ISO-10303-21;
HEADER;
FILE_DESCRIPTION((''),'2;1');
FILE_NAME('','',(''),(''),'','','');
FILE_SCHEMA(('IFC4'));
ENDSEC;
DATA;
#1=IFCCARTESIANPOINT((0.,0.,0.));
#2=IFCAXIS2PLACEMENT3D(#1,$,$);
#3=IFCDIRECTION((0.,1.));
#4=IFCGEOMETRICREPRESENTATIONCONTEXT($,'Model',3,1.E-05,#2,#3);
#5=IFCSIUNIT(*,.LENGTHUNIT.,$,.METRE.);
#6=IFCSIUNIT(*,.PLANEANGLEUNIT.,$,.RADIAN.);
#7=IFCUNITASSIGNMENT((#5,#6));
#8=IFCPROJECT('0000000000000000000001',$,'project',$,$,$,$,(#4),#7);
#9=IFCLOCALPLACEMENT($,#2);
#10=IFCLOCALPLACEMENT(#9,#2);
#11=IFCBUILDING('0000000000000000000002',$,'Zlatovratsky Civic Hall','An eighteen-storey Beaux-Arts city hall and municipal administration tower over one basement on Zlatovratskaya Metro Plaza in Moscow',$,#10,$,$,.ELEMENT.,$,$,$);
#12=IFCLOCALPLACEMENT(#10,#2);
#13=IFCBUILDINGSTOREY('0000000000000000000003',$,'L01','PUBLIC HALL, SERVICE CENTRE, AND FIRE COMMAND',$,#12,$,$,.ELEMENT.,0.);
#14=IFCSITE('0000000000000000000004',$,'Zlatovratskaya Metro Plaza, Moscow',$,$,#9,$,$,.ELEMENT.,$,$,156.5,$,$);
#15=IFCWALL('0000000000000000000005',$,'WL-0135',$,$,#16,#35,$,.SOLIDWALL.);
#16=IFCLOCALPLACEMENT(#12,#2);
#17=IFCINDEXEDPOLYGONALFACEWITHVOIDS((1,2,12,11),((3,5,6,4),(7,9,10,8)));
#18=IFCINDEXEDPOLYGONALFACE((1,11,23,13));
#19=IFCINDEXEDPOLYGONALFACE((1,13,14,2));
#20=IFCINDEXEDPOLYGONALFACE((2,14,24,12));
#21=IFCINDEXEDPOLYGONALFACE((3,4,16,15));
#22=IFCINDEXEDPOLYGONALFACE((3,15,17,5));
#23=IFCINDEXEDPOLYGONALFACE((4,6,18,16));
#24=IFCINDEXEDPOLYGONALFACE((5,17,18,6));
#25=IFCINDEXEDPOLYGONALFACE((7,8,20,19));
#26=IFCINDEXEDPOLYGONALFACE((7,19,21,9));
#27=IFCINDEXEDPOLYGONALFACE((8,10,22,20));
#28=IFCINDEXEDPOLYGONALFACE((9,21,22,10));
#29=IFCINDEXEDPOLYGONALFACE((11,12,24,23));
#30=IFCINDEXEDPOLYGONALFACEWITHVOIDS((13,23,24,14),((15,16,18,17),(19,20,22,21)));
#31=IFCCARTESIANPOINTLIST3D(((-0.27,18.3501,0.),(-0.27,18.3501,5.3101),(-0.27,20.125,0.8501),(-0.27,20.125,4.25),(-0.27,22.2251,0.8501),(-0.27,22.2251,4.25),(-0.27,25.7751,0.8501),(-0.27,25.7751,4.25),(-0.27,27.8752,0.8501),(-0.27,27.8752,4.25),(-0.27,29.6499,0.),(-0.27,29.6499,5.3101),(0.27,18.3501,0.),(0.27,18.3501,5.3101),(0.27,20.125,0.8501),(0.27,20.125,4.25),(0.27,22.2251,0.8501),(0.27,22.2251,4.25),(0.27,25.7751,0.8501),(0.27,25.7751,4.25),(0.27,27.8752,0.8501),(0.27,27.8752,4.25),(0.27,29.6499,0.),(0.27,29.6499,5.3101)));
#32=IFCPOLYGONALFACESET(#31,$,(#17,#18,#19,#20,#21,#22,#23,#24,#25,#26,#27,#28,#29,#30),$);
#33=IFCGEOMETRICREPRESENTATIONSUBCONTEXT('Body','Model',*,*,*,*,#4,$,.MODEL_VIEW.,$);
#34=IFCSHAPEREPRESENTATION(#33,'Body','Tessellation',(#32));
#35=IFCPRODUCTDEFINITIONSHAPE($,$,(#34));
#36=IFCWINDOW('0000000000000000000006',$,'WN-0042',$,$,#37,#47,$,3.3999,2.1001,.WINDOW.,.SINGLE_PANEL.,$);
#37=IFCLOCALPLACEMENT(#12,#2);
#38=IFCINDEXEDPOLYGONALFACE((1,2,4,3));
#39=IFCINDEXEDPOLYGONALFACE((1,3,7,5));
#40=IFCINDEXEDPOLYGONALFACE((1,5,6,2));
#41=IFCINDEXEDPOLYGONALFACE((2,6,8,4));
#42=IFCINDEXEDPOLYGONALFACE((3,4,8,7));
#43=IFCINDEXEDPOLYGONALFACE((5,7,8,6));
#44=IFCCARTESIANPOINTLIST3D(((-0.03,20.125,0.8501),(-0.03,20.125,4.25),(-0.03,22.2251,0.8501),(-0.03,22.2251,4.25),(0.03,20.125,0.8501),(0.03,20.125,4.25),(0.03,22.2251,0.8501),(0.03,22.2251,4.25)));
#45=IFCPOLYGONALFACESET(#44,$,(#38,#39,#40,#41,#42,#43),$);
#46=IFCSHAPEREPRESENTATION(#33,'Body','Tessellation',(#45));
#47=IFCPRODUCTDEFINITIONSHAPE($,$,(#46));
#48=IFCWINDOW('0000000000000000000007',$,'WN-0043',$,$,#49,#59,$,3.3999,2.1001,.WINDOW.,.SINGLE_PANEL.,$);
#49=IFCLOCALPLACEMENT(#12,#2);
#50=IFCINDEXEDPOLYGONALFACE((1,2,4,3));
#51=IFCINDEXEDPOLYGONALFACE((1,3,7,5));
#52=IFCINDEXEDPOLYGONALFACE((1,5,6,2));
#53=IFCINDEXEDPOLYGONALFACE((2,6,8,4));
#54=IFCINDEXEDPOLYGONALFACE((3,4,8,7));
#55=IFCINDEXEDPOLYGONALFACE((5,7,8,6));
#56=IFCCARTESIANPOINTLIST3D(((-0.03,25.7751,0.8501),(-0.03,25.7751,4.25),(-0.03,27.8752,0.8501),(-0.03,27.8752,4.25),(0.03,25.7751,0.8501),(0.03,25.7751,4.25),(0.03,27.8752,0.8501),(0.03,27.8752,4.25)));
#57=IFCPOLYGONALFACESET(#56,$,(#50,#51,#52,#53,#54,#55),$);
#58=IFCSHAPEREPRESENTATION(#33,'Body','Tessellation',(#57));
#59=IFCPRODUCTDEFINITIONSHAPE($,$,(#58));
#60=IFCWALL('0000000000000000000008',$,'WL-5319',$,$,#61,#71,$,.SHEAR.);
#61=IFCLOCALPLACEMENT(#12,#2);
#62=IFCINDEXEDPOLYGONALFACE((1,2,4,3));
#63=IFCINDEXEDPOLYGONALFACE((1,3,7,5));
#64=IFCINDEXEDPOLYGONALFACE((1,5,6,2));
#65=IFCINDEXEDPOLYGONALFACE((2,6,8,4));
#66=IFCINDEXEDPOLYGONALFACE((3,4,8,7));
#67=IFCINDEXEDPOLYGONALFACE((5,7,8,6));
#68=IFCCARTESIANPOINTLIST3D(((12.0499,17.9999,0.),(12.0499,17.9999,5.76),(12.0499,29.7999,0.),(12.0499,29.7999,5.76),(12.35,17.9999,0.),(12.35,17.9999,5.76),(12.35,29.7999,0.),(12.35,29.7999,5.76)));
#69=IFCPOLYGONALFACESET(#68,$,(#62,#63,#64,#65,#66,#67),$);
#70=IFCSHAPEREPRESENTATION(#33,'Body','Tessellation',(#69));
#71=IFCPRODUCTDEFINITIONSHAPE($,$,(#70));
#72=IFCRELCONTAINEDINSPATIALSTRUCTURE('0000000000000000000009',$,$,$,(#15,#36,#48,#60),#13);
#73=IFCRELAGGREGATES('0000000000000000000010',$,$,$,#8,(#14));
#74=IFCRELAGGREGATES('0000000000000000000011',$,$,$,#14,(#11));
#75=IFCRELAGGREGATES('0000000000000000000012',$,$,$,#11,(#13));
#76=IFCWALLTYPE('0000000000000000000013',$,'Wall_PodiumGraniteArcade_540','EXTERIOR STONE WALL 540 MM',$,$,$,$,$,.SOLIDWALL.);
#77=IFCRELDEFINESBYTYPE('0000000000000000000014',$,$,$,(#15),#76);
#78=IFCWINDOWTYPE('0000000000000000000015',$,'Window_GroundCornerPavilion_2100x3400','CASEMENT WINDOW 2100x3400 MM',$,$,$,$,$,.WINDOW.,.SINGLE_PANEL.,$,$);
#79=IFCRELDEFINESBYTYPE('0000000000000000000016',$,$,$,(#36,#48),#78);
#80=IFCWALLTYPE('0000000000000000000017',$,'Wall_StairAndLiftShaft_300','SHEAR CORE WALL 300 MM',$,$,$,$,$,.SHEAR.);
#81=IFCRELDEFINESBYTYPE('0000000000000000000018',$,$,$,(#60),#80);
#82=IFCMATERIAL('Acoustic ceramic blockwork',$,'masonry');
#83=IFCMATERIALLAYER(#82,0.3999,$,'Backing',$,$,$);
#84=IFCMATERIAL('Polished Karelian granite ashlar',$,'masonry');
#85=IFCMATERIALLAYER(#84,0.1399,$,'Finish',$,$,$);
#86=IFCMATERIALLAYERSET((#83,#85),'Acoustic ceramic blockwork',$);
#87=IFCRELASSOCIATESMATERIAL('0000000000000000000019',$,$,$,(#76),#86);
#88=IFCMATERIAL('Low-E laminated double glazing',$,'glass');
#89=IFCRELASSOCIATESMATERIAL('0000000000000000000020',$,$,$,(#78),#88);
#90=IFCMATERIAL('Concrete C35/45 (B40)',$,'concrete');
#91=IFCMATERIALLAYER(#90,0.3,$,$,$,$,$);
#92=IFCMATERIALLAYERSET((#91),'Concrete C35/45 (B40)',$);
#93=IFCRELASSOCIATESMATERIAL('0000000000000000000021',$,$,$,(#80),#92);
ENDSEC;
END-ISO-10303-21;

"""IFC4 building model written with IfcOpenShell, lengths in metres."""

from ifc_helpers import new_model, si_unit, direction, frame, frame_2d, origin, place, context, subcontext, project, spatial, rectangle, extrude, material, layer, layer_set, type_object, element, fill, save


model = new_model("IFC4")

# Units and contexts
model_context = context("Model", 3, precision=1e-05, world=origin(), true_north=direction((0.0, 1.0)))
body_context = subcontext(model_context, "Body", "Model", "MODEL_VIEW")
ifc_project = project(units=[si_unit("LENGTHUNIT", "METRE"), si_unit("PLANEANGLEUNIT", "RADIAN")], contexts=[model_context])

# Site, building, storey
site_placement = place(None, origin())
site = spatial("IfcSite", under=ifc_project, at=site_placement, Name="Zlatovratskaya Metro Plaza, Moscow", CompositionType="ELEMENT", RefElevation=156.5)
building_placement = place(site_placement, origin())
building = spatial("IfcBuilding", under=site, at=building_placement, Name="Zlatovratsky Civic Hall", Description="An eighteen-storey Beaux-Arts city hall and municipal administration tower over one basement on Zlatovratskaya Metro Plaza in Moscow", CompositionType="ELEMENT")
storey_placement = place(building_placement, origin())
storey = spatial("IfcBuildingStorey", under=building, at=storey_placement, Name="L01", Description="PUBLIC HALL, SERVICE CENTRE, AND FIRE COMMAND", CompositionType="ELEMENT", Elevation=0.0)

# Shared definitions
ifc_material_1 = material(Name="Concrete C35/45 (B40)", Category="concrete")

# Shared definitions
ifc_material_2 = material(Name="Acoustic ceramic blockwork", Category="masonry")

# Shared definitions
ifc_layer_1 = layer(ifc_material_2, 0.3999, Name="Backing")
ifc_material_3 = material(Name="Polished Karelian granite ashlar", Category="masonry")
ifc_layer_2 = layer(ifc_material_3, 0.1399, Name="Finish")
ifc_layer_set_1 = layer_set([ifc_layer_1, ifc_layer_2], Name="Acoustic ceramic blockwork")
wall_type_1 = type_object("IfcWallType", Name="Wall_PodiumGraniteArcade_540", Description="EXTERIOR STONE WALL 540 MM", PredefinedType="SOLIDWALL", material=ifc_layer_set_1)
ifc_material_4 = material(Name="Low-E laminated double glazing", Category="glass")

# Shared definitions
window_type_1 = type_object("IfcWindowType", Name="Window_GroundCornerPavilion_2100x3400", Description="CASEMENT WINDOW 2100x3400 MM", PartitioningType="SINGLE_PANEL", PredefinedType="WINDOW", material=ifc_material_4)

# Wall, openings, windows
wall_1_placement = place(storey_placement, frame((0.0, 18.3501, 0.0), z_axis=(0.0, 0.0, 1.0), x_axis=(0.0, 1.0, 0.0)))
wall_1 = element("IfcWall", 1, at=wall_1_placement, inside=storey, type_object=wall_type_1, Name="WL-0135", PredefinedType="SOLIDWALL", context=body_context, shape_type="SweptSolid", body=[
    extrude(rectangle(XDim=11.2998, YDim=0.54, at=frame_2d((5.6499, 0.0))), origin(), (0.0, 0.0, 1.0), 5.3101),
])
opening_1_placement = place(wall_1_placement, frame((1.7749, 0.0, 0.8501)))
opening_1 = element("IfcOpeningElement", 2, at=opening_1_placement, cuts=wall_1, PredefinedType="OPENING", context=body_context, shape_type="SweptSolid", body=[
    extrude(rectangle(XDim=2.1001, YDim=3.3999, at=frame_2d((1.05, 1.7))), frame((0.0, 0.2849, 0.0), z_axis=(0.0, -1.0, 0.0), x_axis=(1.0, 0.0, 0.0)), (0.0, 0.0, 1.0), 0.5698),
])
opening_2_placement = place(wall_1_placement, frame((7.425, 0.0, 0.8501)))
opening_2 = element("IfcOpeningElement", 3, at=opening_2_placement, cuts=wall_1, PredefinedType="OPENING", context=body_context, shape_type="SweptSolid", body=[
    extrude(rectangle(XDim=2.1001, YDim=3.3999, at=frame_2d((1.05, 1.7))), frame((0.0, 0.2849, 0.0), z_axis=(0.0, -1.0, 0.0), x_axis=(1.0, 0.0, 0.0)), (0.0, 0.0, 1.0), 0.5698),
])
window_1_placement = place(opening_1_placement, origin())
window_1 = element("IfcWindow", 4, at=window_1_placement, inside=storey, type_object=window_type_1, Name="WN-0042", OverallHeight=3.3999, OverallWidth=2.1001, PartitioningType="SINGLE_PANEL", PredefinedType="WINDOW", context=body_context, shape_type="SweptSolid", body=[
    extrude(rectangle(XDim=2.1001, YDim=3.3999, at=frame_2d((1.05, 1.7))), frame((0.0, 0.03, 0.0), z_axis=(0.0, -1.0, 0.0), x_axis=(1.0, 0.0, 0.0)), (0.0, 0.0, 1.0), 0.0601),
])
fill(opening_1, window_1)
window_2_placement = place(opening_2_placement, origin())
window_2 = element("IfcWindow", 5, at=window_2_placement, inside=storey, type_object=window_type_1, Name="WN-0043", OverallHeight=3.3999, OverallWidth=2.1001, PartitioningType="SINGLE_PANEL", PredefinedType="WINDOW", context=body_context, shape_type="SweptSolid", body=[
    extrude(rectangle(XDim=2.1001, YDim=3.3999, at=frame_2d((1.05, 1.7))), frame((0.0, 0.03, 0.0), z_axis=(0.0, -1.0, 0.0), x_axis=(1.0, 0.0, 0.0)), (0.0, 0.0, 1.0), 0.0601),
])
fill(opening_2, window_2)

# Wall
ifc_layer_3 = layer(ifc_material_1, 0.3)
ifc_layer_set_2 = layer_set([ifc_layer_3], Name="Concrete C35/45 (B40)")
wall_type_2 = type_object("IfcWallType", Name="Wall_StairAndLiftShaft_300", Description="SHEAR CORE WALL 300 MM", PredefinedType="SHEAR", material=ifc_layer_set_2)
wall_2_placement = place(storey_placement, frame((12.2, 18.0, 0.0), z_axis=(0.0, 0.0, 1.0), x_axis=(0.0, 1.0, 0.0)))
element("IfcWall", 6, at=wall_2_placement, inside=storey, type_object=wall_type_2, Name="WL-5319", PredefinedType="SHEAR", context=body_context, shape_type="SweptSolid", body=[
    extrude(rectangle(XDim=11.8, YDim=0.3, at=frame_2d((5.8999, 0.0))), origin(), (0.0, 0.0, 1.0), 5.76),
])

save(model, "model.ifc")
